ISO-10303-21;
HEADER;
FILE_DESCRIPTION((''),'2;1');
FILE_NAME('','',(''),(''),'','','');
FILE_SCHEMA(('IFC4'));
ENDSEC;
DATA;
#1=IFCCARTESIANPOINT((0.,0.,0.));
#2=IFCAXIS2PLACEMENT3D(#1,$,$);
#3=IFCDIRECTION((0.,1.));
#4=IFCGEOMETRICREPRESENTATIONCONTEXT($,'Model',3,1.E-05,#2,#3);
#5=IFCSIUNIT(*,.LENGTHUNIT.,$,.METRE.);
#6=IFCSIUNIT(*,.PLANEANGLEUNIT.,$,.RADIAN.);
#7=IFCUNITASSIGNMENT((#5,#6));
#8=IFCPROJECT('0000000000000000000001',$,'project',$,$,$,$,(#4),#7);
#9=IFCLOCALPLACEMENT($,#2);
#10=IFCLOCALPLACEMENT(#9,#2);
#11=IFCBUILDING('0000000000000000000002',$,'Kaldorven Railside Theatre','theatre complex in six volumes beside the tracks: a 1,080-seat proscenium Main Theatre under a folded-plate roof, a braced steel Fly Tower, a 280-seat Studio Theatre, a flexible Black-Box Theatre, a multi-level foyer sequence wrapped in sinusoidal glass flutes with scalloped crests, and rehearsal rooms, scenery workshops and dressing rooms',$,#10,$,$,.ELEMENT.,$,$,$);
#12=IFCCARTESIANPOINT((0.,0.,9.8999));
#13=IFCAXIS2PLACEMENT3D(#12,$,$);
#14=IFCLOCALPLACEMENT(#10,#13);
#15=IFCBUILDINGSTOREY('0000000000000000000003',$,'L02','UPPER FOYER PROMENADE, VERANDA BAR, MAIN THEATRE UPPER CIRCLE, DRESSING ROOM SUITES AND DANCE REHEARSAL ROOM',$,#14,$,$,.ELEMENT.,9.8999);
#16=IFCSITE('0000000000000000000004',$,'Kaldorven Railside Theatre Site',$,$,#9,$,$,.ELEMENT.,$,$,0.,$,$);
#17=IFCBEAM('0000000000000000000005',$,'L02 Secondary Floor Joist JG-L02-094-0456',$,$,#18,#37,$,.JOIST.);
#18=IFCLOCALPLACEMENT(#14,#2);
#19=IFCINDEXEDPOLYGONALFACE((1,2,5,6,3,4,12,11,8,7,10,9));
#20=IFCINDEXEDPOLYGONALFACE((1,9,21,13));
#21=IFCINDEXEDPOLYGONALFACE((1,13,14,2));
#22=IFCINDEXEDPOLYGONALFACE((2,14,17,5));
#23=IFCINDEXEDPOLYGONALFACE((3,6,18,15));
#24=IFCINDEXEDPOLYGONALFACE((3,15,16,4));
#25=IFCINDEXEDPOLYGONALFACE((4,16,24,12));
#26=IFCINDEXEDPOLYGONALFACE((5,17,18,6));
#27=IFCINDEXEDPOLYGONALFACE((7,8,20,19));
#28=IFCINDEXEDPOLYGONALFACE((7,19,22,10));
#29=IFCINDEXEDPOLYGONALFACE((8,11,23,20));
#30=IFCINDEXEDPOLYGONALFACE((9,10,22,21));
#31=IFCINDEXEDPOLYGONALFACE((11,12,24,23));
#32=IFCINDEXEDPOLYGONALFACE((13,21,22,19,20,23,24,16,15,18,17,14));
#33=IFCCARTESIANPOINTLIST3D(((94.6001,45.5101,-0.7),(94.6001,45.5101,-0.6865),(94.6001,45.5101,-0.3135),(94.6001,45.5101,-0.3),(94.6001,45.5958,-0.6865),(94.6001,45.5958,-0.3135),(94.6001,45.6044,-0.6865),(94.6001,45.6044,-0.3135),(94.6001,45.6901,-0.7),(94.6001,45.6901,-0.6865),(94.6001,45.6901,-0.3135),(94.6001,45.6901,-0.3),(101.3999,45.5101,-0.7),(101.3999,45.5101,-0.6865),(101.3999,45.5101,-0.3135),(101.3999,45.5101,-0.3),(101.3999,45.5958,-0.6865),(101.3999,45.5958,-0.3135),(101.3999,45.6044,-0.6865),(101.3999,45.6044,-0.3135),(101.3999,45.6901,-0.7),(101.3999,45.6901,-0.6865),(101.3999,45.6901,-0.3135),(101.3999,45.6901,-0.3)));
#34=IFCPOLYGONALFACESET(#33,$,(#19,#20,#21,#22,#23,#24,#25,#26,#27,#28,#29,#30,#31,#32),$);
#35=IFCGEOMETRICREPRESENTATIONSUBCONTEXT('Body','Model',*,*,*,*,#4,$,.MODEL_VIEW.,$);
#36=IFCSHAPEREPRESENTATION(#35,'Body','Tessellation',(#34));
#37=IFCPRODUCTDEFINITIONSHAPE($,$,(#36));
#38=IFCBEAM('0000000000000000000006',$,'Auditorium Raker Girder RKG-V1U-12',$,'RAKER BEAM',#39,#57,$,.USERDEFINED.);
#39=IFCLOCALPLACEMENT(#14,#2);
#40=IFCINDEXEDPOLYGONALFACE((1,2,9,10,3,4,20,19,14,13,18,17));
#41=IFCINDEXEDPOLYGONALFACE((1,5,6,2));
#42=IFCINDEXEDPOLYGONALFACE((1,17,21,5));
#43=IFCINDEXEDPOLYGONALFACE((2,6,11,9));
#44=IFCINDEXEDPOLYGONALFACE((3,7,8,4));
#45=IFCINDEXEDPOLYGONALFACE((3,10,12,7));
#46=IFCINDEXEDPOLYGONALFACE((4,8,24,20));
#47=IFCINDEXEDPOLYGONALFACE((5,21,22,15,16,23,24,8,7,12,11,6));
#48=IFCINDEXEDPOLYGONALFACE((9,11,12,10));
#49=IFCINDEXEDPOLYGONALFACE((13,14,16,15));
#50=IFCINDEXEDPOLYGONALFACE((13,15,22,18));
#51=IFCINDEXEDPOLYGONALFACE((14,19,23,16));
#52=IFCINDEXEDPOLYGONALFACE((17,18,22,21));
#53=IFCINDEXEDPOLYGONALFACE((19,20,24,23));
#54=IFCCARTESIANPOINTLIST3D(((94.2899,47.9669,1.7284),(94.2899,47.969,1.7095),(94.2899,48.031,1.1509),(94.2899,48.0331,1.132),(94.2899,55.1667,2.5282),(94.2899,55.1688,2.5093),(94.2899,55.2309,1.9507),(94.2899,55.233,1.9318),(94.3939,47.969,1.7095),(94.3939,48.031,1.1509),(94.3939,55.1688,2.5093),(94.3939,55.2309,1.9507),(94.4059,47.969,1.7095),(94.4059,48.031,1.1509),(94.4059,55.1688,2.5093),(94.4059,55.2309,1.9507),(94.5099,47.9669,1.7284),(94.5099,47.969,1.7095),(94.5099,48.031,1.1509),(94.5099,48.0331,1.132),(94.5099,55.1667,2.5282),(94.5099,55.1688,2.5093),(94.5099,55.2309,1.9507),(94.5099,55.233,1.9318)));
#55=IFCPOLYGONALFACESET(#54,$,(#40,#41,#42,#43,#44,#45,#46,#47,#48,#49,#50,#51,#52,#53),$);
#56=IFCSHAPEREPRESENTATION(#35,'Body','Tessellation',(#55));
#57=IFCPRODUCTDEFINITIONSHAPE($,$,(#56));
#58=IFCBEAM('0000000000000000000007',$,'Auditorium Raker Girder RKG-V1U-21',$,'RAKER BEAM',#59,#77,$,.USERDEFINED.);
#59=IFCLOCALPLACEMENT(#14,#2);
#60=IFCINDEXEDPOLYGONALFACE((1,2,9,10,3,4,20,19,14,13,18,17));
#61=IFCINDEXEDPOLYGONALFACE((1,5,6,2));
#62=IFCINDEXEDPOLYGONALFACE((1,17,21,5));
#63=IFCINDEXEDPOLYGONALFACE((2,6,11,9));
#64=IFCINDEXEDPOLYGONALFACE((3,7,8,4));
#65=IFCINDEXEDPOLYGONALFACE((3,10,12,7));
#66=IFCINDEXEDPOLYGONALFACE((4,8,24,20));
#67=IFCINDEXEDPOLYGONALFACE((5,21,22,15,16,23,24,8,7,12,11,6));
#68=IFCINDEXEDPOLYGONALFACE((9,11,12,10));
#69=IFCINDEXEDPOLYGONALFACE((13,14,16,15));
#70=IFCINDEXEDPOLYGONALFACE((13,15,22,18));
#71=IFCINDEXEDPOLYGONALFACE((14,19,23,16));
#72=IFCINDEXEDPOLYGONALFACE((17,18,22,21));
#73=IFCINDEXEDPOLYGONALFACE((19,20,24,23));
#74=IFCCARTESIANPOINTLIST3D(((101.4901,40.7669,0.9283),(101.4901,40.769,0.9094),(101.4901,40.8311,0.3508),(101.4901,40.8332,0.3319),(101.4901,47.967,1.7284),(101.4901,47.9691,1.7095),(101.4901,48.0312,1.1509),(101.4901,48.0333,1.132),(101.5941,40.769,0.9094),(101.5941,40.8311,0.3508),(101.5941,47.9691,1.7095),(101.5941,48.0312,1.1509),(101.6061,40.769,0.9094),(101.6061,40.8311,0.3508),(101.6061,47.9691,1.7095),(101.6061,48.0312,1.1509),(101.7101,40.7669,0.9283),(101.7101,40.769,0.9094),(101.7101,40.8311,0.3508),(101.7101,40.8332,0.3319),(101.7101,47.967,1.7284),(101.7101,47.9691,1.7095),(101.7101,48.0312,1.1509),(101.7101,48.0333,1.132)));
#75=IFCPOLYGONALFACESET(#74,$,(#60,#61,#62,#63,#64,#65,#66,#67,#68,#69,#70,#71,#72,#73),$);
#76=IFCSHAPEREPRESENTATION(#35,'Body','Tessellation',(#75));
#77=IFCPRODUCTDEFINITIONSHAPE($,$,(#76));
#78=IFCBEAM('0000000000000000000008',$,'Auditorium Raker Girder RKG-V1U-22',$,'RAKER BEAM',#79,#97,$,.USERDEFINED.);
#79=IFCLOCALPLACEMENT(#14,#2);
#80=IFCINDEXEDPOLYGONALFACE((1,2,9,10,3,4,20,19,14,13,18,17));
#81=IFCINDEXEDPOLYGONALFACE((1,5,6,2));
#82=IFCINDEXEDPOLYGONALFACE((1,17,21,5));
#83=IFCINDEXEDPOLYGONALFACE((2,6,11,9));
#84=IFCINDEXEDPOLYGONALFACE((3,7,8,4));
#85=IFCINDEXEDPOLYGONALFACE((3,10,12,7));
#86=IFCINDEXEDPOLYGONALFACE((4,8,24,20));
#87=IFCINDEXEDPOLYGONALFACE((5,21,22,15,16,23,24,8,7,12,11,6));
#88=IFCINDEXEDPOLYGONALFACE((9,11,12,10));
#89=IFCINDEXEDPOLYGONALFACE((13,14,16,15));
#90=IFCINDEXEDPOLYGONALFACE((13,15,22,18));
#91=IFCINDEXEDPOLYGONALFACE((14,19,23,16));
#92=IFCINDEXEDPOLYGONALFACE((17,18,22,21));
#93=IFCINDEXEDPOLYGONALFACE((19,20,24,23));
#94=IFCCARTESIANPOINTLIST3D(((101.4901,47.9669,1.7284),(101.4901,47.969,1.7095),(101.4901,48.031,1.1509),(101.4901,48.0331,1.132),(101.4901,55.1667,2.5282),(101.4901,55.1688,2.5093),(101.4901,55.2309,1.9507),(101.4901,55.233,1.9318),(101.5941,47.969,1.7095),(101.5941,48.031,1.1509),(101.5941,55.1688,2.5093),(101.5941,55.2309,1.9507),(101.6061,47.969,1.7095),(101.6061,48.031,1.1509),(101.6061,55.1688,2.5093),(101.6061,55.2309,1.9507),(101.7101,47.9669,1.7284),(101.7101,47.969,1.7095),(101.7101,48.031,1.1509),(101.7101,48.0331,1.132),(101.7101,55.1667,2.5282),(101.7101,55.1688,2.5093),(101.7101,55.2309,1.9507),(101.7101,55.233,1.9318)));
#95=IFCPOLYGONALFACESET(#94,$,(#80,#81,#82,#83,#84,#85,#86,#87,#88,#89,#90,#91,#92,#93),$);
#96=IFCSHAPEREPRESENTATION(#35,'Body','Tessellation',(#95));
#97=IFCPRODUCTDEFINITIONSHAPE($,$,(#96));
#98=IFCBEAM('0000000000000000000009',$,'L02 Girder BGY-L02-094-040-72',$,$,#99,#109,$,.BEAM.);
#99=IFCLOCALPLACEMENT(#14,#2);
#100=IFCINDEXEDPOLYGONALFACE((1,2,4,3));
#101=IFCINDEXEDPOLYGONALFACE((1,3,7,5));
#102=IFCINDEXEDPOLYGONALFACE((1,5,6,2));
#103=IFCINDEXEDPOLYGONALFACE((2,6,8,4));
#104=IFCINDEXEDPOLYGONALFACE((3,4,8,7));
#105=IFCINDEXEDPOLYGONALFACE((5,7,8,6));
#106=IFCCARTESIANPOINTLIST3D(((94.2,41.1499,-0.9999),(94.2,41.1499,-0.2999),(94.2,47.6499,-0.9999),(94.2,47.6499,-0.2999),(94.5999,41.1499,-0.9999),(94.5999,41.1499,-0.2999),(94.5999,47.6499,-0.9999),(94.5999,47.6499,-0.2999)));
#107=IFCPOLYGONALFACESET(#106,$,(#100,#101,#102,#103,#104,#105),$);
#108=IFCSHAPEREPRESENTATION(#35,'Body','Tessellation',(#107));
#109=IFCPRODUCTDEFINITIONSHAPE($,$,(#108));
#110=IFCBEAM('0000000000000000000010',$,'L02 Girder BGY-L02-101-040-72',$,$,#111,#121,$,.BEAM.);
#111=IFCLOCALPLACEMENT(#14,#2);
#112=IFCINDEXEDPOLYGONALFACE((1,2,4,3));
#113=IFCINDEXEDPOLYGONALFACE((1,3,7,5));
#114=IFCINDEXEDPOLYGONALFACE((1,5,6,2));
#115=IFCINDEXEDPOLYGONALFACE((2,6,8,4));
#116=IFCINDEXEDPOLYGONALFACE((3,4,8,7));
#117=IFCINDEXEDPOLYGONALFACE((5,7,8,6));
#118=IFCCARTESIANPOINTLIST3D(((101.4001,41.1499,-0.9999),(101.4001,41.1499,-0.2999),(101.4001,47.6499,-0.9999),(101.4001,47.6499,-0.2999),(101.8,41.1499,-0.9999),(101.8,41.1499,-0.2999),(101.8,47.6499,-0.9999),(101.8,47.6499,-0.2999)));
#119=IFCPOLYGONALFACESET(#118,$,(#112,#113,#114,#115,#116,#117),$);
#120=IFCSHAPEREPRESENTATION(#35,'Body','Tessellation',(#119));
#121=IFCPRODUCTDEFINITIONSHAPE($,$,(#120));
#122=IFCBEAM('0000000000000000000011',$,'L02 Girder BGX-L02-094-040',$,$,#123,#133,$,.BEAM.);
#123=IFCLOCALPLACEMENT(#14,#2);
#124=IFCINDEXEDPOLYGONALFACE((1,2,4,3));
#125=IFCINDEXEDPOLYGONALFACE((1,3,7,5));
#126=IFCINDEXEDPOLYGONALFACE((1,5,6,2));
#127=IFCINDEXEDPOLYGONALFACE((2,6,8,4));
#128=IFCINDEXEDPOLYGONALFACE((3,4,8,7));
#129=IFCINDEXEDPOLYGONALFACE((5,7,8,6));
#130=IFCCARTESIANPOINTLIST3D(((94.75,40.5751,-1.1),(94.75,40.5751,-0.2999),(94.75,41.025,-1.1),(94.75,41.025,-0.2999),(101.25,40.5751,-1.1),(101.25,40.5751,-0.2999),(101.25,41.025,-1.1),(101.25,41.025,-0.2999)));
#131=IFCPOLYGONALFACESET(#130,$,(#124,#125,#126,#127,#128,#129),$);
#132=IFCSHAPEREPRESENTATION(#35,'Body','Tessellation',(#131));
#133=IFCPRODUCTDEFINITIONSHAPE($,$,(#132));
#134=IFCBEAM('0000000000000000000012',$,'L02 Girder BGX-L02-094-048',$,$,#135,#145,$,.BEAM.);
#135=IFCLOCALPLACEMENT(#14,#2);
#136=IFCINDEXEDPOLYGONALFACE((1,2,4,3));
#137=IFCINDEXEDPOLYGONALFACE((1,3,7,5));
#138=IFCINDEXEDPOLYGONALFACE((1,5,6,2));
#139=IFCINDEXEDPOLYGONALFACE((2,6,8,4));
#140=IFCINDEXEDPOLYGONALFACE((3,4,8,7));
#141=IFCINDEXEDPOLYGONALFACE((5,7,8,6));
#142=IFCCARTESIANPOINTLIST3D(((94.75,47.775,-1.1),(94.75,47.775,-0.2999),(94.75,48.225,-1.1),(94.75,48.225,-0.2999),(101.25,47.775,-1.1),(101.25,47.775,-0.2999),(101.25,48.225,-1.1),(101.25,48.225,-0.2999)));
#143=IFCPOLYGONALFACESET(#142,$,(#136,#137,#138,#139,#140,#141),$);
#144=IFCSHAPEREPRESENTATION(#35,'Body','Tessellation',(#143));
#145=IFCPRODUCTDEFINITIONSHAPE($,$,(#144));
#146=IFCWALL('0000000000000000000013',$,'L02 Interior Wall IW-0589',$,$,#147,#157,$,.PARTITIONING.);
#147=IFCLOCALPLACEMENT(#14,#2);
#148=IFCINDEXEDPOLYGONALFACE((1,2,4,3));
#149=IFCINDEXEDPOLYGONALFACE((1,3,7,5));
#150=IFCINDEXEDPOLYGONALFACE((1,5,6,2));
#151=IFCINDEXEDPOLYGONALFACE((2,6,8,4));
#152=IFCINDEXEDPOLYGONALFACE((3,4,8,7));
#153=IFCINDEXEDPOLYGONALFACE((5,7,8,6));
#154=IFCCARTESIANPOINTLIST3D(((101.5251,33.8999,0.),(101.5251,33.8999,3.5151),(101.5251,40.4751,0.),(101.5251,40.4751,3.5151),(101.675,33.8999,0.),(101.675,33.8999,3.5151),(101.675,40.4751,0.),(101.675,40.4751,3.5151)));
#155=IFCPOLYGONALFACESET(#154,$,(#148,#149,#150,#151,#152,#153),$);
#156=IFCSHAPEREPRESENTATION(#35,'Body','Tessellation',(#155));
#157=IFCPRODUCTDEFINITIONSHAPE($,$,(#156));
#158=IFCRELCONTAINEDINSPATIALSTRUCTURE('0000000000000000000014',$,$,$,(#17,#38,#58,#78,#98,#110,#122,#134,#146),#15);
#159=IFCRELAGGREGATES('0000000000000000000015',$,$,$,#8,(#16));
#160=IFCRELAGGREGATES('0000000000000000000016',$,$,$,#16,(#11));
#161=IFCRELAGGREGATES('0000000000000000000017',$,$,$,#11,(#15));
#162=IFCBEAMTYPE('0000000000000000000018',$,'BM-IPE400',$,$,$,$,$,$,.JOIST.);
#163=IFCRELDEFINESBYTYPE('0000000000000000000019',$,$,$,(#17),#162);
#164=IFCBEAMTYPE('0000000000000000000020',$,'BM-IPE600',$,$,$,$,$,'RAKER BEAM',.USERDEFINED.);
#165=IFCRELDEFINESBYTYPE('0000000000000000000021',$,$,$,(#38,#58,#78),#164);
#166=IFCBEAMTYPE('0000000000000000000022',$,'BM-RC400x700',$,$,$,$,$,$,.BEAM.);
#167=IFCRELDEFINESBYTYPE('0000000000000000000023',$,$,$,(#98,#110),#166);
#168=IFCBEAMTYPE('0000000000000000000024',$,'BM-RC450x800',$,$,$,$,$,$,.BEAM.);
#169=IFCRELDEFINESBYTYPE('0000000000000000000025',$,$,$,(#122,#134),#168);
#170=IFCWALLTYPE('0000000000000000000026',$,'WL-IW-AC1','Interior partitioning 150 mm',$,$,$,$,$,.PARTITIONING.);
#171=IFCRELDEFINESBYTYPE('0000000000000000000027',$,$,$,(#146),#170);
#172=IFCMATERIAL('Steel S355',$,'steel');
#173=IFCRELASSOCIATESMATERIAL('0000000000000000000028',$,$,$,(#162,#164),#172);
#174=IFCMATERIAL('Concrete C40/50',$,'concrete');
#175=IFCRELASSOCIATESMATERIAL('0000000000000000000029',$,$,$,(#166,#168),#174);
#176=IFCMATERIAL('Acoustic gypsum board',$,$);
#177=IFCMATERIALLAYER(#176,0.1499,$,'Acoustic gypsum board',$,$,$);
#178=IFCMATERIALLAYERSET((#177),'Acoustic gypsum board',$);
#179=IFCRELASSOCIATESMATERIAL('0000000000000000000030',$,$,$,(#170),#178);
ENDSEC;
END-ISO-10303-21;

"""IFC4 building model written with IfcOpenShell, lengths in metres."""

from ifc_helpers import new_model, si_unit, direction, frame, frame_2d, origin, origin_2d, place, context, subcontext, project, spatial, rectangle, i_section, extrude, material, layer, layer_set, material_profile, profile_set, type_object, element, save


model = new_model("IFC4")

# Units and contexts
model_context = context("Model", 3, precision=1e-05, world=origin(), true_north=direction((0.0, 1.0)))
body_context = subcontext(model_context, "Body", "Model", "MODEL_VIEW")
ifc_project = project(units=[si_unit("LENGTHUNIT", "METRE"), si_unit("PLANEANGLEUNIT", "RADIAN")], contexts=[model_context])

# Site, building, storey
site_placement = place(None, origin())
site = spatial("IfcSite", under=ifc_project, at=site_placement, Name="Kaldorven Railside Theatre Site", CompositionType="ELEMENT", RefElevation=0.0)
building_placement = place(site_placement, origin())
building = spatial("IfcBuilding", under=site, at=building_placement, Name="Kaldorven Railside Theatre", Description="theatre complex in six volumes beside the tracks: a 1,080-seat proscenium Main Theatre under a folded-plate roof, a braced steel Fly Tower, a 280-seat Studio Theatre, a flexible Black-Box Theatre, a multi-level foyer sequence wrapped in sinusoidal glass flutes with scalloped crests, and rehearsal rooms, scenery workshops and dressing rooms", CompositionType="ELEMENT")
storey_placement = place(building_placement, frame((0.0, 0.0, 9.8999)))
storey = spatial("IfcBuildingStorey", under=building, at=storey_placement, Name="L02", Description="UPPER FOYER PROMENADE, VERANDA BAR, MAIN THEATRE UPPER CIRCLE, DRESSING ROOM SUITES AND DANCE REHEARSAL ROOM", CompositionType="ELEMENT", Elevation=9.8999)

# Shared definitions
ifc_material_1 = material(Name="Steel S355", Category="steel")

# Beams
ifc_material_profile_1 = material_profile(ifc_material_1, i_section(OverallWidth=0.1799, OverallDepth=0.3999, WebThickness=0.0085, FlangeThickness=0.0134, at=origin_2d()), Name="IPE 400")
ifc_profile_set_1 = profile_set([ifc_material_profile_1], Name="Steel S355")
beam_type_1 = type_object("IfcBeamType", Name="BM-IPE400", PredefinedType="JOIST", material=ifc_profile_set_1)
for number, where, z_axis, x_axis, name in (
    (1, (94.6001, 45.6001, -0.5), (1.0, 0.0, 0.0), (0.0, 1.0, 0.0), "L02 Secondary Floor Joist JG-L02-094-0456"),
):
    element("IfcBeam", number, at=place(storey_placement, frame(where, z_axis=z_axis, x_axis=x_axis)), inside=storey, type_object=beam_type_1, Name=name, PredefinedType="JOIST", context=body_context, shape_type="SweptSolid", body=[
        extrude(i_section(OverallWidth=0.1799, OverallDepth=0.3999, WebThickness=0.0085, FlangeThickness=0.0134, at=origin_2d()), origin(), (0.0, 0.0, 1.0), 6.7998),
    ])
ifc_material_profile_2 = material_profile(ifc_material_1, i_section(OverallWidth=0.22, OverallDepth=0.6001, WebThickness=0.012, FlangeThickness=0.019, at=origin_2d()), Name="IPE 600")
ifc_profile_set_2 = profile_set([ifc_material_profile_2], Name="Steel S355")
beam_type_2 = type_object("IfcBeamType", Name="BM-IPE600", ElementType="RAKER BEAM", PredefinedType="USERDEFINED", material=ifc_profile_set_2)
beam_1_placement = place(storey_placement, frame((94.3999, 48.0, 1.4302), z_axis=(0.0, 0.993887, 0.110406), x_axis=(-1.0, 0.0, 0.0)))
element("IfcBeam", 2, at=beam_1_placement, inside=storey, type_object=beam_type_2, Name="Auditorium Raker Girder RKG-V1U-12", ObjectType="RAKER BEAM", PredefinedType="USERDEFINED", context=body_context, shape_type="SweptSolid", body=[
    extrude(i_section(OverallWidth=0.22, OverallDepth=0.6001, WebThickness=0.012, FlangeThickness=0.019, at=origin_2d()), origin(), (0.0, 0.0, 1.0), 7.2441),
])
beam_2_placement = place(storey_placement, frame((101.6001, 40.8, 0.6301), z_axis=(0.0, 0.993883, 0.110439), x_axis=(-1.0, 0.0, 0.0)))
element("IfcBeam", 3, at=beam_2_placement, inside=storey, type_object=beam_type_2, Name="Auditorium Raker Girder RKG-V1U-21", ObjectType="RAKER BEAM", PredefinedType="USERDEFINED", context=body_context, shape_type="SweptSolid", body=[
    extrude(i_section(OverallWidth=0.22, OverallDepth=0.6001, WebThickness=0.012, FlangeThickness=0.019, at=origin_2d()), origin(), (0.0, 0.0, 1.0), 7.2444),
])
beam_3_placement = place(storey_placement, frame((101.6001, 48.0, 1.4302), z_axis=(0.0, 0.993887, 0.110406), x_axis=(-1.0, 0.0, 0.0)))
element("IfcBeam", 4, at=beam_3_placement, inside=storey, type_object=beam_type_2, Name="Auditorium Raker Girder RKG-V1U-22", ObjectType="RAKER BEAM", PredefinedType="USERDEFINED", context=body_context, shape_type="SweptSolid", body=[
    extrude(i_section(OverallWidth=0.22, OverallDepth=0.6001, WebThickness=0.012, FlangeThickness=0.019, at=origin_2d()), origin(), (0.0, 0.0, 1.0), 7.2441),
])
ifc_material_2 = material(Name="Concrete C40/50", Category="concrete")
ifc_material_profile_3 = material_profile(ifc_material_2, rectangle(XDim=0.3999, YDim=0.7, at=origin_2d()), Name="RC 400x700")
ifc_profile_set_3 = profile_set([ifc_material_profile_3], Name="Concrete C40/50")
beam_type_3 = type_object("IfcBeamType", Name="BM-RC400x700", PredefinedType="BEAM", material=ifc_profile_set_3)
for number, where, z_axis, x_axis, name in (
    (5, (94.3999, 41.1499, -0.6499), (0.0, 1.0, 0.0), (-1.0, 0.0, 0.0), "L02 Girder BGY-L02-094-040-72"),
    (6, (101.6001, 41.1499, -0.6499), (0.0, 1.0, 0.0), (-1.0, 0.0, 0.0), "L02 Girder BGY-L02-101-040-72"),
):
    element("IfcBeam", number, at=place(storey_placement, frame(where, z_axis=z_axis, x_axis=x_axis)), inside=storey, type_object=beam_type_3, Name=name, PredefinedType="BEAM", context=body_context, shape_type="SweptSolid", body=[
        extrude(rectangle(XDim=0.3999, YDim=0.7, at=origin_2d()), origin(), (0.0, 0.0, 1.0), 6.5),
    ])
ifc_material_profile_4 = material_profile(ifc_material_2, rectangle(XDim=0.45, YDim=0.8, at=origin_2d()), Name="RC 450x800")
ifc_profile_set_4 = profile_set([ifc_material_profile_4], Name="Concrete C40/50")
beam_type_4 = type_object("IfcBeamType", Name="BM-RC450x800", PredefinedType="BEAM", material=ifc_profile_set_4)
for number, where, z_axis, x_axis, name in (
    (7, (94.75, 40.8, -0.7), (1.0, 0.0, 0.0), (0.0, 1.0, 0.0), "L02 Girder BGX-L02-094-040"),
    (8, (94.75, 48.0, -0.7), (1.0, 0.0, 0.0), (0.0, 1.0, 0.0), "L02 Girder BGX-L02-094-048"),
):
    element("IfcBeam", number, at=place(storey_placement, frame(where, z_axis=z_axis, x_axis=x_axis)), inside=storey, type_object=beam_type_4, Name=name, PredefinedType="BEAM", context=body_context, shape_type="SweptSolid", body=[
        extrude(rectangle(XDim=0.45, YDim=0.8, at=origin_2d()), origin(), (0.0, 0.0, 1.0), 6.5),
    ])

# Wall
ifc_material_3 = material(Name="Acoustic gypsum board")
ifc_layer_1 = layer(ifc_material_3, 0.1499, Name="Acoustic gypsum board")
ifc_layer_set_1 = layer_set([ifc_layer_1], Name="Acoustic gypsum board")
wall_type_1 = type_object("IfcWallType", Name="WL-IW-AC1", Description="Interior partitioning 150 mm", PredefinedType="PARTITIONING", material=ifc_layer_set_1)
wall_1_placement = place(storey_placement, frame((101.6001, 40.4751, 0.0), z_axis=(0.0, 0.0, 1.0), x_axis=(0.0, -1.0, 0.0)))
element("IfcWall", 9, at=wall_1_placement, inside=storey, type_object=wall_type_1, Name="L02 Interior Wall IW-0589", PredefinedType="PARTITIONING", context=body_context, shape_type="SweptSolid", body=[
    extrude(rectangle(XDim=6.5752, YDim=0.1499, at=frame_2d((3.2876, 0.0))), origin(), (0.0, 0.0, 1.0), 3.5151),
])

save(model, "model.ifc")
